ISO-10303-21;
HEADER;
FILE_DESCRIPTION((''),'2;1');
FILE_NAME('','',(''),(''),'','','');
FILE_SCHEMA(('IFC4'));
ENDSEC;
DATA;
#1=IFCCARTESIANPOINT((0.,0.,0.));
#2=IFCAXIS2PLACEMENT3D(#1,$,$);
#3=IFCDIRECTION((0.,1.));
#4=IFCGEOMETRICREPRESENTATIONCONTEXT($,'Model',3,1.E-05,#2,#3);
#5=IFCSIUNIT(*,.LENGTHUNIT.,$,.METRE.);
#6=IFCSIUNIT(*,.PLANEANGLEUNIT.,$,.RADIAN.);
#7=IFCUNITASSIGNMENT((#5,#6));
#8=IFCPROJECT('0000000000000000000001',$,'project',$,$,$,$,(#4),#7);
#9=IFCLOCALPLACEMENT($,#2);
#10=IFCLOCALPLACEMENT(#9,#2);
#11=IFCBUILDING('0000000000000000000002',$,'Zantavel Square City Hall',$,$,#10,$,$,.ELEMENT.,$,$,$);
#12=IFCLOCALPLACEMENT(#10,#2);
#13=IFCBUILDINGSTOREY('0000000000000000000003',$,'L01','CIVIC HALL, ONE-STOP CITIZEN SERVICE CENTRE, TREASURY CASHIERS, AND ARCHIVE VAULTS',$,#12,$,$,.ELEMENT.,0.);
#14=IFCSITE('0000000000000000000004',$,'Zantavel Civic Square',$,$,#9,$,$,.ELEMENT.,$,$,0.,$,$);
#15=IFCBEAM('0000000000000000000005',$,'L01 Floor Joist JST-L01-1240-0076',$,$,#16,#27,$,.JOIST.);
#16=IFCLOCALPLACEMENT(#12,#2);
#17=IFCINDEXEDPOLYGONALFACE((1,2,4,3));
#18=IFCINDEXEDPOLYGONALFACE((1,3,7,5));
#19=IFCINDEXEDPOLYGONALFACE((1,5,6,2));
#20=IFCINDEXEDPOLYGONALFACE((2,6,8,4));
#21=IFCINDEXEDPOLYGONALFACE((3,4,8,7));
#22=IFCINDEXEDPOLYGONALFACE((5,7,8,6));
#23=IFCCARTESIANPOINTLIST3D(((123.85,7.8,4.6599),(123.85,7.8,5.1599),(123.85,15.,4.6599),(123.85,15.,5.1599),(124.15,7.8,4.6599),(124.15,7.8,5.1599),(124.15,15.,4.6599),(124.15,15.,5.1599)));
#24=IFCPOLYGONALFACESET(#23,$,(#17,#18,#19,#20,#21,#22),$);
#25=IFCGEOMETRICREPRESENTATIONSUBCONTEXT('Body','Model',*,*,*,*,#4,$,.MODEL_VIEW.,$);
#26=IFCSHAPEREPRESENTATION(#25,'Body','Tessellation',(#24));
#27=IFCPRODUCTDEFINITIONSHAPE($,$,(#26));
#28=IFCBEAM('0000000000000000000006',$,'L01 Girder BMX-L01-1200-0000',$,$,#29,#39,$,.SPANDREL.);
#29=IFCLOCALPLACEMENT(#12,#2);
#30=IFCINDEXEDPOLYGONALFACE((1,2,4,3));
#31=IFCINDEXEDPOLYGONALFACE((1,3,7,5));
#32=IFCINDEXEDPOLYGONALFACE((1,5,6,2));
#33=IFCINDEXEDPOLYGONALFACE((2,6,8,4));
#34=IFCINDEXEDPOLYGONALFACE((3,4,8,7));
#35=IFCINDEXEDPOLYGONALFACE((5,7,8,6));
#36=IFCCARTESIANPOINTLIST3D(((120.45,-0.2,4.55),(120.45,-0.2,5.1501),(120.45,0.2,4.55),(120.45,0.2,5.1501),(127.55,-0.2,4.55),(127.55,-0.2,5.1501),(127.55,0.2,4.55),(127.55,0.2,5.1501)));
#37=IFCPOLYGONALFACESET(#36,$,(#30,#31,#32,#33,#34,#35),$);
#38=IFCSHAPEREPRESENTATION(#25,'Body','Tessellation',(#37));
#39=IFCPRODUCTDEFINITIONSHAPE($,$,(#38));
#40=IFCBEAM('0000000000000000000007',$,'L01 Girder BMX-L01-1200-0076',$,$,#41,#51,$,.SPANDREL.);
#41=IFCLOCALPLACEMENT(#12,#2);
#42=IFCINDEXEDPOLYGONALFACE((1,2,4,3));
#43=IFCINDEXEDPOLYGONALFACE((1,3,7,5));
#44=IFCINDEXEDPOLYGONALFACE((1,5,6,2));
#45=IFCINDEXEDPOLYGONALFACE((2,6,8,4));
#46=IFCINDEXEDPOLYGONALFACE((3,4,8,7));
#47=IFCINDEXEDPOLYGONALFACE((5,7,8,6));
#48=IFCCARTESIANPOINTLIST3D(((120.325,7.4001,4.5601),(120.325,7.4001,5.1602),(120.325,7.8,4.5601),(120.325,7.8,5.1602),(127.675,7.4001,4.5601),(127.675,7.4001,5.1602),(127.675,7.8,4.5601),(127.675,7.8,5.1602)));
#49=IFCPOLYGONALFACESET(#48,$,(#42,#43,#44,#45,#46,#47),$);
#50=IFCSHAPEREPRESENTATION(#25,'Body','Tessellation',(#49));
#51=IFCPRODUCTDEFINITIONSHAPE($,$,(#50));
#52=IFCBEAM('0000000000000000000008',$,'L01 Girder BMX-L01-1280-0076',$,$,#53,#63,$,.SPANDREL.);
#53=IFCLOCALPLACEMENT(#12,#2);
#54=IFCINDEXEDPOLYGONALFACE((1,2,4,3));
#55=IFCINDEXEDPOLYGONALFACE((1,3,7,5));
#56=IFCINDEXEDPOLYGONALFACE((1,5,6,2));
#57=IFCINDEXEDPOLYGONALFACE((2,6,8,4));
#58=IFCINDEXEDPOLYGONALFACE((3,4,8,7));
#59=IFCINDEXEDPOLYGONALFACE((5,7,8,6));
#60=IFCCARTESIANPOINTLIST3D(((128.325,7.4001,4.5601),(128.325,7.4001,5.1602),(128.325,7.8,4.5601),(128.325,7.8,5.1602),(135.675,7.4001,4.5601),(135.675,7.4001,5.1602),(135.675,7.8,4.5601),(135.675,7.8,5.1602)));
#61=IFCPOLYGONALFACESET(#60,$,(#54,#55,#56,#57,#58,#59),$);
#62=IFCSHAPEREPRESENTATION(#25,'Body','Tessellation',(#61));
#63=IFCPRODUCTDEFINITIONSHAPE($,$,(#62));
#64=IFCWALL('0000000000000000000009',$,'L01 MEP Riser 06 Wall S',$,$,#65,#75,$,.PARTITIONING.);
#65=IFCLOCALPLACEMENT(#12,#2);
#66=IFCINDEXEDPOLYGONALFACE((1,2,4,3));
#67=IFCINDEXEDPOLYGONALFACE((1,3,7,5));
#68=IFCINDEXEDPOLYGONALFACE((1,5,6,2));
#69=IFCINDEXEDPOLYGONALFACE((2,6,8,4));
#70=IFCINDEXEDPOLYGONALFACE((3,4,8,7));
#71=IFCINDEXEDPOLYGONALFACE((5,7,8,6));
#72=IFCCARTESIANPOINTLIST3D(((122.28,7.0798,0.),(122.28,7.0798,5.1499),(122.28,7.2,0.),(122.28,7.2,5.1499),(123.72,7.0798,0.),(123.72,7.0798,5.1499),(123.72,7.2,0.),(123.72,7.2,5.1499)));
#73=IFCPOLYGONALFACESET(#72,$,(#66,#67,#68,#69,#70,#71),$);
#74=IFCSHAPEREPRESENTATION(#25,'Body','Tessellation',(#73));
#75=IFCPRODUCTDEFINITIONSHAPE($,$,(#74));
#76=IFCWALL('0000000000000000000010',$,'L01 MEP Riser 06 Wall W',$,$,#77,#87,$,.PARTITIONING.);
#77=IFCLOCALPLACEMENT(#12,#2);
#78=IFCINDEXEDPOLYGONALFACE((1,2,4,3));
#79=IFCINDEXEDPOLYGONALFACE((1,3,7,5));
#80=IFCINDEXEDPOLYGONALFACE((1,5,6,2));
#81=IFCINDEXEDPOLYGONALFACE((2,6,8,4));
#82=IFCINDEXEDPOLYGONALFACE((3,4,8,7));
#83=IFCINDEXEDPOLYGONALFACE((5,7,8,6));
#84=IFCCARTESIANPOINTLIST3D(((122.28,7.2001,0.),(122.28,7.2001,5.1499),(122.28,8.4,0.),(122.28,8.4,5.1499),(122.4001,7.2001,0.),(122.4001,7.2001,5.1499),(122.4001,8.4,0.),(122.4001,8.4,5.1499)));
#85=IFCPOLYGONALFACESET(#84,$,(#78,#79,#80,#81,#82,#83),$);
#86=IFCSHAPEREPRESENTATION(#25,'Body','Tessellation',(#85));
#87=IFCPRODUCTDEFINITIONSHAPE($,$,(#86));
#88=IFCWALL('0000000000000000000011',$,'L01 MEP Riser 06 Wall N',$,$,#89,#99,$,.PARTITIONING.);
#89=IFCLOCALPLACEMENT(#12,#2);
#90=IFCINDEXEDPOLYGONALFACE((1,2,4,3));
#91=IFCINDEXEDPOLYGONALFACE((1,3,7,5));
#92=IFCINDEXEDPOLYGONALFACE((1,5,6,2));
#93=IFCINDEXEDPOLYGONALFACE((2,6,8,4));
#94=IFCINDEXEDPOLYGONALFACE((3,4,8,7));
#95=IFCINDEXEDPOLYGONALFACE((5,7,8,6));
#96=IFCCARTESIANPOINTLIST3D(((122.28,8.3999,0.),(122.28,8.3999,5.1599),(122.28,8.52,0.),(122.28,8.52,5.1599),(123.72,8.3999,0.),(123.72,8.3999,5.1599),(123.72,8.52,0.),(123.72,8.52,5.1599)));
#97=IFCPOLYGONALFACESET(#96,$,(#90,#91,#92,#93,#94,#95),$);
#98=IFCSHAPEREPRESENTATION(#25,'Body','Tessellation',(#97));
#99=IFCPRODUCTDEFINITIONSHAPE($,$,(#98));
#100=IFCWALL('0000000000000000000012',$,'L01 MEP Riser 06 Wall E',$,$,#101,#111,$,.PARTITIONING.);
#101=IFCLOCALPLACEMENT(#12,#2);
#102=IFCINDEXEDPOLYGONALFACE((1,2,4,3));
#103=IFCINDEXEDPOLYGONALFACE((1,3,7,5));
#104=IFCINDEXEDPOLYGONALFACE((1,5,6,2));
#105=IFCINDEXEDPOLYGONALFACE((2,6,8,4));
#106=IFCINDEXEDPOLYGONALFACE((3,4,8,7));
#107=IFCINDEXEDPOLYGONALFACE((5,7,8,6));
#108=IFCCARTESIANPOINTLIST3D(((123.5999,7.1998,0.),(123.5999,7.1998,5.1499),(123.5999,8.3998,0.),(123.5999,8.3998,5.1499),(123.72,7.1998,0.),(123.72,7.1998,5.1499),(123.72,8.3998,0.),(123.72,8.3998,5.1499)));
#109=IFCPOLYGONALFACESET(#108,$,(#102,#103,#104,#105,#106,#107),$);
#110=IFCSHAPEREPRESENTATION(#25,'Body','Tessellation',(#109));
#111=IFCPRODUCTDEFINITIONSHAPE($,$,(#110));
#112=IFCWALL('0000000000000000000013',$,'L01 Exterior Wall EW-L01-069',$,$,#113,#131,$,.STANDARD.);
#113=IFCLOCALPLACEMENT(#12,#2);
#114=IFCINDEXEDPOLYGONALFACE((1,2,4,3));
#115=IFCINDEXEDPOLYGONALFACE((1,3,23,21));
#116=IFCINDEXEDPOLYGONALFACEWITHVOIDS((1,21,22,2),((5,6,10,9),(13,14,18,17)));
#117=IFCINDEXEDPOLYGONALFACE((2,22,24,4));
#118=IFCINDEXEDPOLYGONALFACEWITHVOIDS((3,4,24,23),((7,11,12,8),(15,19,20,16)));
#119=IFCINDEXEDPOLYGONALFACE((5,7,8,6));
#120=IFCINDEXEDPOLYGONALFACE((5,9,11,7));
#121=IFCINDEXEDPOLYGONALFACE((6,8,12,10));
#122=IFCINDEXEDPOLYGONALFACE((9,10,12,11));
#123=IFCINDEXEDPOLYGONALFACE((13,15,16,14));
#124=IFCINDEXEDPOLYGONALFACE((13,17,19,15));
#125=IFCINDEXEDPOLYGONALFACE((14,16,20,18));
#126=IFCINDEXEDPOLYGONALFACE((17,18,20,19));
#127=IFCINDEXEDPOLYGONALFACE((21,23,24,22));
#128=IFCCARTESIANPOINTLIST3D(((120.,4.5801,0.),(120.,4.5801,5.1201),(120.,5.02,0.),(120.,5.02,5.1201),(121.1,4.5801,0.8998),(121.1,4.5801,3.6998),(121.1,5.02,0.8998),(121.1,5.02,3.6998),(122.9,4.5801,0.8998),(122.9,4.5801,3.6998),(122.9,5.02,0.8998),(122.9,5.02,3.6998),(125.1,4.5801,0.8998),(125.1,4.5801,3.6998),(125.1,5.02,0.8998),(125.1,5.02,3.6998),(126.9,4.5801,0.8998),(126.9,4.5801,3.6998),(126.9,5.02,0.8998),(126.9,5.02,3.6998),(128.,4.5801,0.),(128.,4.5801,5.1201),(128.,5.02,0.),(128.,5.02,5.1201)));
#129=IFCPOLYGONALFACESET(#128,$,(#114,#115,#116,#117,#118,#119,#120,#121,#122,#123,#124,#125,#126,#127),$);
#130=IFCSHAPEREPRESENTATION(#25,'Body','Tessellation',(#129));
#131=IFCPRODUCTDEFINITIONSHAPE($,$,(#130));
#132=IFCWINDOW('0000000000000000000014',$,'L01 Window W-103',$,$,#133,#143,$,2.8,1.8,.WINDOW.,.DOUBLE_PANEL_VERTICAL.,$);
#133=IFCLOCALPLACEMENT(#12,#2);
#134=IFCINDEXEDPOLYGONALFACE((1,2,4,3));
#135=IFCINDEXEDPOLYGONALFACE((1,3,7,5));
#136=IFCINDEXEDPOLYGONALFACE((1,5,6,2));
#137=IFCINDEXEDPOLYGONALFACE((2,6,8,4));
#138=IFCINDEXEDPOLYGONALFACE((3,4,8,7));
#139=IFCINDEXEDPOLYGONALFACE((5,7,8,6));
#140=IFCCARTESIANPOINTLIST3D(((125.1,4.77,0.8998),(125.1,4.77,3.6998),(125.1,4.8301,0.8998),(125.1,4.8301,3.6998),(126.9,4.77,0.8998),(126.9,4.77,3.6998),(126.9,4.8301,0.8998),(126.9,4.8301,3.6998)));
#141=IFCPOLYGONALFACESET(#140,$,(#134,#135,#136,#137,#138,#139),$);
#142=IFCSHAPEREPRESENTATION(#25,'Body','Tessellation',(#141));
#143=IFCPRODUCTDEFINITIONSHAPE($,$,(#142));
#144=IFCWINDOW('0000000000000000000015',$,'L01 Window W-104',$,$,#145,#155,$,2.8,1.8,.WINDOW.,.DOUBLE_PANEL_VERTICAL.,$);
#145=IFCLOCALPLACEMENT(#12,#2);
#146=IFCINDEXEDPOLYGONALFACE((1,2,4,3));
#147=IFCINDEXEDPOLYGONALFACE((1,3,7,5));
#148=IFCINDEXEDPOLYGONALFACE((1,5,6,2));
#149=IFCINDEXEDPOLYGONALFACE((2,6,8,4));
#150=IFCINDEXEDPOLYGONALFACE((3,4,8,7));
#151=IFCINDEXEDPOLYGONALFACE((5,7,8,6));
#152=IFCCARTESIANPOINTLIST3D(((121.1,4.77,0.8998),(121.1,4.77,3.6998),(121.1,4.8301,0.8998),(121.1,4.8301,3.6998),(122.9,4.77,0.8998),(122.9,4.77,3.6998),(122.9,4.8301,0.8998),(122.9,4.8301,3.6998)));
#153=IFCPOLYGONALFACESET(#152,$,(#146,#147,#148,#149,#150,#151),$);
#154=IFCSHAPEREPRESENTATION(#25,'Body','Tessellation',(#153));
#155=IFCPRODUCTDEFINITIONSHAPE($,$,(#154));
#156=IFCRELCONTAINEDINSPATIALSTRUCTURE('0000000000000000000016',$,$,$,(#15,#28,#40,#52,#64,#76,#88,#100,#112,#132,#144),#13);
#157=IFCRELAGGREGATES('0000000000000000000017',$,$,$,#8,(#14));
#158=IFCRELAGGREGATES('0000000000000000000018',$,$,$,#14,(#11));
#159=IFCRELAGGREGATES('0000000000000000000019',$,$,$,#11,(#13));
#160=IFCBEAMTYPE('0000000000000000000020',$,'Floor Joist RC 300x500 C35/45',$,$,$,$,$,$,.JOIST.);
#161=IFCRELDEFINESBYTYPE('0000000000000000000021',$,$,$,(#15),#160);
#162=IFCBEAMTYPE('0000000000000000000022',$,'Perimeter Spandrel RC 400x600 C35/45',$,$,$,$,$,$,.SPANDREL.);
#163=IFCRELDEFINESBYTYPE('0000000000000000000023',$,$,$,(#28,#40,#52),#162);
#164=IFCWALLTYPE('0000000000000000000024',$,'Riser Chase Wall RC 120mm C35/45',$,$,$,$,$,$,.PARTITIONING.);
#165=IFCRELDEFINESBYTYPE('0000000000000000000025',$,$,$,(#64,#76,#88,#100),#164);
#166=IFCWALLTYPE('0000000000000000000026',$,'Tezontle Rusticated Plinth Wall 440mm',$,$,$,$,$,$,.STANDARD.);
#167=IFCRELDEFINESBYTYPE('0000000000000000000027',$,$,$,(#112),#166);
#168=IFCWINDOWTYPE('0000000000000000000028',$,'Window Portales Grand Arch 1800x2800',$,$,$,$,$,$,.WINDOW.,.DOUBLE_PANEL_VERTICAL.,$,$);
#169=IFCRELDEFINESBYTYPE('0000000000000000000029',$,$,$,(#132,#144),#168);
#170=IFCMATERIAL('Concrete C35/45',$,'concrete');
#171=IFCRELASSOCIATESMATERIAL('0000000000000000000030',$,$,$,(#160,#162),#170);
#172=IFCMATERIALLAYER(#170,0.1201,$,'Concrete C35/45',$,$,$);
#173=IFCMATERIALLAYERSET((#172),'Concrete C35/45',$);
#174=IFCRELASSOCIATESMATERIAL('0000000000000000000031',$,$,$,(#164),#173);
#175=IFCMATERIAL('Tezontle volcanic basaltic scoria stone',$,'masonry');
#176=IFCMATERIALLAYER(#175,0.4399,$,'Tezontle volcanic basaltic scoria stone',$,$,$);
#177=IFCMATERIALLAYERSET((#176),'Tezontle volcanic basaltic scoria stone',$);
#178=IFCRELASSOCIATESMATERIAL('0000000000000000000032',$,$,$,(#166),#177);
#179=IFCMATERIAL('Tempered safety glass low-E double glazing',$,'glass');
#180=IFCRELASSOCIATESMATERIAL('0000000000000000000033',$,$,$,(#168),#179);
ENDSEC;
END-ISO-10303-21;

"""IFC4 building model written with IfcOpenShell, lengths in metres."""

from ifc_helpers import new_model, si_unit, direction, frame, frame_2d, origin, origin_2d, place, context, subcontext, project, spatial, rectangle, extrude, material, layer, layer_set, material_profile, profile_set, type_object, element, fill, save


model = new_model("IFC4")

# Units and contexts
model_context = context("Model", 3, precision=1e-05, world=origin(), true_north=direction((0.0, 1.0)))
body_context = subcontext(model_context, "Body", "Model", "MODEL_VIEW")
ifc_project = project(units=[si_unit("LENGTHUNIT", "METRE"), si_unit("PLANEANGLEUNIT", "RADIAN")], contexts=[model_context])

# Site, building, storey
site_placement = place(None, origin())
site = spatial("IfcSite", under=ifc_project, at=site_placement, Name="Zantavel Civic Square", CompositionType="ELEMENT", RefElevation=0.0)
building_placement = place(site_placement, origin())
building = spatial("IfcBuilding", under=site, at=building_placement, Name="Zantavel Square City Hall", CompositionType="ELEMENT")
storey_placement = place(building_placement, origin())
storey = spatial("IfcBuildingStorey", under=building, at=storey_placement, Name="L01", Description="CIVIC HALL, ONE-STOP CITIZEN SERVICE CENTRE, TREASURY CASHIERS, AND ARCHIVE VAULTS", CompositionType="ELEMENT", Elevation=0.0)

# Beams
ifc_material_1 = material(Name="Concrete C35/45", Category="concrete")
ifc_material_profile_1 = material_profile(ifc_material_1, rectangle(XDim=0.3, YDim=0.5, at=origin_2d()), Name="RC 300x500")
ifc_profile_set_1 = profile_set([ifc_material_profile_1], Name="Concrete C35/45")
beam_type_1 = type_object("IfcBeamType", Name="Floor Joist RC 300x500 C35/45", PredefinedType="JOIST", material=ifc_profile_set_1)
for number, where, z_axis, x_axis, name in (
    (1, (124.0, 7.8, 4.9099), (0.0, 1.0, 0.0), (-1.0, 0.0, 0.0), "L01 Floor Joist JST-L01-1240-0076"),
):
    element("IfcBeam", number, at=place(storey_placement, frame(where, z_axis=z_axis, x_axis=x_axis)), inside=storey, type_object=beam_type_1, Name=name, PredefinedType="JOIST", context=body_context, shape_type="SweptSolid", body=[
        extrude(rectangle(XDim=0.3, YDim=0.5, at=origin_2d()), origin(), (0.0, 0.0, 1.0), 7.2),
    ])
ifc_material_profile_2 = material_profile(ifc_material_1, rectangle(XDim=0.3999, YDim=0.6001, at=origin_2d()), Name="RC 400x600")
ifc_profile_set_2 = profile_set([ifc_material_profile_2], Name="Concrete C35/45")
beam_type_2 = type_object("IfcBeamType", Name="Perimeter Spandrel RC 400x600 C35/45", PredefinedType="SPANDREL", material=ifc_profile_set_2)
beam_1_placement = place(storey_placement, frame((120.45, 0.0, 4.8501), z_axis=(1.0, 0.0, 0.0), x_axis=(0.0, 1.0, 0.0)))
element("IfcBeam", 2, at=beam_1_placement, inside=storey, type_object=beam_type_2, Name="L01 Girder BMX-L01-1200-0000", PredefinedType="SPANDREL", context=body_context, shape_type="SweptSolid", body=[
    extrude(rectangle(XDim=0.3999, YDim=0.6001, at=origin_2d()), origin(), (0.0, 0.0, 1.0), 7.1001),
])
for number, where, z_axis, x_axis, name in (
    (3, (120.325, 7.6001, 4.8601), (1.0, 0.0, 0.0), (0.0, 1.0, 0.0), "L01 Girder BMX-L01-1200-0076"),
    (4, (128.325, 7.6001, 4.8601), (1.0, 0.0, 0.0), (0.0, 1.0, 0.0), "L01 Girder BMX-L01-1280-0076"),
):
    element("IfcBeam", number, at=place(storey_placement, frame(where, z_axis=z_axis, x_axis=x_axis)), inside=storey, type_object=beam_type_2, Name=name, PredefinedType="SPANDREL", context=body_context, shape_type="SweptSolid", body=[
        extrude(rectangle(XDim=0.3999, YDim=0.6001, at=origin_2d()), origin(), (0.0, 0.0, 1.0), 7.3501),
    ])

# Walls
ifc_layer_1 = layer(ifc_material_1, 0.1201, Name="Concrete C35/45")
ifc_layer_set_1 = layer_set([ifc_layer_1], Name="Concrete C35/45")
wall_type_1 = type_object("IfcWallType", Name="Riser Chase Wall RC 120mm C35/45", PredefinedType="PARTITIONING", material=ifc_layer_set_1)
wall_1_placement = place(storey_placement, frame((123.72, 7.1399, 0.0), z_axis=(0.0, 0.0, 1.0), x_axis=(-1.0, 0.0, 0.0)))
element("IfcWall", 5, at=wall_1_placement, inside=storey, type_object=wall_type_1, Name="L01 MEP Riser 06 Wall S", PredefinedType="PARTITIONING", context=body_context, shape_type="SweptSolid", body=[
    extrude(rectangle(XDim=1.4399, YDim=0.1201, at=frame_2d((0.72, 0.0))), origin(), (0.0, 0.0, 1.0), 5.1499),
])
wall_2_placement = place(storey_placement, frame((122.3401, 7.2, 0.0), z_axis=(0.0, 0.0, 1.0), x_axis=(0.0, 1.0, 0.0)))
element("IfcWall", 6, at=wall_2_placement, inside=storey, type_object=wall_type_1, Name="L01 MEP Riser 06 Wall W", PredefinedType="PARTITIONING", context=body_context, shape_type="SweptSolid", body=[
    extrude(rectangle(XDim=1.2, YDim=0.1201, at=frame_2d((0.6001, 0.0))), origin(), (0.0, 0.0, 1.0), 5.1499),
])
wall_3_placement = place(storey_placement, frame((122.28, 8.46, 0.0), z_axis=(0.0, 0.0, 1.0), x_axis=(1.0, 0.0, 0.0)))
element("IfcWall", 7, at=wall_3_placement, inside=storey, type_object=wall_type_1, Name="L01 MEP Riser 06 Wall N", PredefinedType="PARTITIONING", context=body_context, shape_type="SweptSolid", body=[
    extrude(rectangle(XDim=1.4399, YDim=0.1201, at=frame_2d((0.72, 0.0))), origin(), (0.0, 0.0, 1.0), 5.1599),
])
wall_4_placement = place(storey_placement, frame((123.6599, 8.3999, 0.0), z_axis=(0.0, 0.0, 1.0), x_axis=(0.0, -1.0, 0.0)))
element("IfcWall", 8, at=wall_4_placement, inside=storey, type_object=wall_type_1, Name="L01 MEP Riser 06 Wall E", PredefinedType="PARTITIONING", context=body_context, shape_type="SweptSolid", body=[
    extrude(rectangle(XDim=1.2, YDim=0.1201, at=frame_2d((0.6001, 0.0))), origin(), (0.0, 0.0, 1.0), 5.1499),
])

# Wall, openings, windows
ifc_material_2 = material(Name="Tezontle volcanic basaltic scoria stone", Category="masonry")
ifc_layer_2 = layer(ifc_material_2, 0.4399, Name="Tezontle volcanic basaltic scoria stone")
ifc_layer_set_2 = layer_set([ifc_layer_2], Name="Tezontle volcanic basaltic scoria stone")
wall_type_2 = type_object("IfcWallType", Name="Tezontle Rusticated Plinth Wall 440mm", PredefinedType="STANDARD", material=ifc_layer_set_2)
wall_5_placement = place(storey_placement, frame((128.0, 4.8, 0.0), z_axis=(0.0, 0.0, 1.0), x_axis=(-1.0, 0.0, 0.0)))
wall_5 = element("IfcWall", 9, at=wall_5_placement, inside=storey, type_object=wall_type_2, Name="L01 Exterior Wall EW-L01-069", PredefinedType="STANDARD", context=body_context, shape_type="SweptSolid", body=[
    extrude(rectangle(XDim=8.0, YDim=0.4399, at=frame_2d((4.0, 0.0))), origin(), (0.0, 0.0, 1.0), 5.1201),
])
opening_1_placement = place(wall_5_placement, frame((1.1001, 0.0, 0.8999)))
opening_1 = element("IfcOpeningElement", 10, at=opening_1_placement, cuts=wall_5, PredefinedType="OPENING", context=body_context, shape_type="SweptSolid", body=[
    extrude(rectangle(XDim=1.8, YDim=2.8, at=frame_2d((0.8999, 1.3999))), frame((0.0, 0.23, 0.0), z_axis=(0.0, -1.0, 0.0), x_axis=(1.0, 0.0, 0.0)), (0.0, 0.0, 1.0), 0.46),
])
opening_2_placement = place(wall_5_placement, frame((5.1001, 0.0, 0.8999)))
opening_2 = element("IfcOpeningElement", 11, at=opening_2_placement, cuts=wall_5, PredefinedType="OPENING", context=body_context, shape_type="SweptSolid", body=[
    extrude(rectangle(XDim=1.8, YDim=2.8, at=frame_2d((0.8999, 1.3999))), frame((0.0, 0.23, 0.0), z_axis=(0.0, -1.0, 0.0), x_axis=(1.0, 0.0, 0.0)), (0.0, 0.0, 1.0), 0.46),
])
ifc_material_3 = material(Name="Tempered safety glass low-E double glazing", Category="glass")
window_type_1 = type_object("IfcWindowType", Name="Window Portales Grand Arch 1800x2800", PartitioningType="DOUBLE_PANEL_VERTICAL", PredefinedType="WINDOW", material=ifc_material_3)
window_1_placement = place(opening_1_placement, origin())
window_1 = element("IfcWindow", 12, at=window_1_placement, inside=storey, type_object=window_type_1, Name="L01 Window W-103", OverallHeight=2.8, OverallWidth=1.8, PartitioningType="DOUBLE_PANEL_VERTICAL", PredefinedType="WINDOW", context=body_context, shape_type="SweptSolid", body=[
    extrude(rectangle(XDim=1.8, YDim=2.8, at=frame_2d((0.8999, 1.3999))), frame((0.0, 0.03, 0.0), z_axis=(0.0, -1.0, 0.0), x_axis=(1.0, 0.0, 0.0)), (0.0, 0.0, 1.0), 0.0601),
])
fill(opening_1, window_1)
window_2_placement = place(opening_2_placement, origin())
window_2 = element("IfcWindow", 13, at=window_2_placement, inside=storey, type_object=window_type_1, Name="L01 Window W-104", OverallHeight=2.8, OverallWidth=1.8, PartitioningType="DOUBLE_PANEL_VERTICAL", PredefinedType="WINDOW", context=body_context, shape_type="SweptSolid", body=[
    extrude(rectangle(XDim=1.8, YDim=2.8, at=frame_2d((0.8999, 1.3999))), frame((0.0, 0.03, 0.0), z_axis=(0.0, -1.0, 0.0), x_axis=(1.0, 0.0, 0.0)), (0.0, 0.0, 1.0), 0.0601),
])
fill(opening_2, window_2)

save(model, "model.ifc")
